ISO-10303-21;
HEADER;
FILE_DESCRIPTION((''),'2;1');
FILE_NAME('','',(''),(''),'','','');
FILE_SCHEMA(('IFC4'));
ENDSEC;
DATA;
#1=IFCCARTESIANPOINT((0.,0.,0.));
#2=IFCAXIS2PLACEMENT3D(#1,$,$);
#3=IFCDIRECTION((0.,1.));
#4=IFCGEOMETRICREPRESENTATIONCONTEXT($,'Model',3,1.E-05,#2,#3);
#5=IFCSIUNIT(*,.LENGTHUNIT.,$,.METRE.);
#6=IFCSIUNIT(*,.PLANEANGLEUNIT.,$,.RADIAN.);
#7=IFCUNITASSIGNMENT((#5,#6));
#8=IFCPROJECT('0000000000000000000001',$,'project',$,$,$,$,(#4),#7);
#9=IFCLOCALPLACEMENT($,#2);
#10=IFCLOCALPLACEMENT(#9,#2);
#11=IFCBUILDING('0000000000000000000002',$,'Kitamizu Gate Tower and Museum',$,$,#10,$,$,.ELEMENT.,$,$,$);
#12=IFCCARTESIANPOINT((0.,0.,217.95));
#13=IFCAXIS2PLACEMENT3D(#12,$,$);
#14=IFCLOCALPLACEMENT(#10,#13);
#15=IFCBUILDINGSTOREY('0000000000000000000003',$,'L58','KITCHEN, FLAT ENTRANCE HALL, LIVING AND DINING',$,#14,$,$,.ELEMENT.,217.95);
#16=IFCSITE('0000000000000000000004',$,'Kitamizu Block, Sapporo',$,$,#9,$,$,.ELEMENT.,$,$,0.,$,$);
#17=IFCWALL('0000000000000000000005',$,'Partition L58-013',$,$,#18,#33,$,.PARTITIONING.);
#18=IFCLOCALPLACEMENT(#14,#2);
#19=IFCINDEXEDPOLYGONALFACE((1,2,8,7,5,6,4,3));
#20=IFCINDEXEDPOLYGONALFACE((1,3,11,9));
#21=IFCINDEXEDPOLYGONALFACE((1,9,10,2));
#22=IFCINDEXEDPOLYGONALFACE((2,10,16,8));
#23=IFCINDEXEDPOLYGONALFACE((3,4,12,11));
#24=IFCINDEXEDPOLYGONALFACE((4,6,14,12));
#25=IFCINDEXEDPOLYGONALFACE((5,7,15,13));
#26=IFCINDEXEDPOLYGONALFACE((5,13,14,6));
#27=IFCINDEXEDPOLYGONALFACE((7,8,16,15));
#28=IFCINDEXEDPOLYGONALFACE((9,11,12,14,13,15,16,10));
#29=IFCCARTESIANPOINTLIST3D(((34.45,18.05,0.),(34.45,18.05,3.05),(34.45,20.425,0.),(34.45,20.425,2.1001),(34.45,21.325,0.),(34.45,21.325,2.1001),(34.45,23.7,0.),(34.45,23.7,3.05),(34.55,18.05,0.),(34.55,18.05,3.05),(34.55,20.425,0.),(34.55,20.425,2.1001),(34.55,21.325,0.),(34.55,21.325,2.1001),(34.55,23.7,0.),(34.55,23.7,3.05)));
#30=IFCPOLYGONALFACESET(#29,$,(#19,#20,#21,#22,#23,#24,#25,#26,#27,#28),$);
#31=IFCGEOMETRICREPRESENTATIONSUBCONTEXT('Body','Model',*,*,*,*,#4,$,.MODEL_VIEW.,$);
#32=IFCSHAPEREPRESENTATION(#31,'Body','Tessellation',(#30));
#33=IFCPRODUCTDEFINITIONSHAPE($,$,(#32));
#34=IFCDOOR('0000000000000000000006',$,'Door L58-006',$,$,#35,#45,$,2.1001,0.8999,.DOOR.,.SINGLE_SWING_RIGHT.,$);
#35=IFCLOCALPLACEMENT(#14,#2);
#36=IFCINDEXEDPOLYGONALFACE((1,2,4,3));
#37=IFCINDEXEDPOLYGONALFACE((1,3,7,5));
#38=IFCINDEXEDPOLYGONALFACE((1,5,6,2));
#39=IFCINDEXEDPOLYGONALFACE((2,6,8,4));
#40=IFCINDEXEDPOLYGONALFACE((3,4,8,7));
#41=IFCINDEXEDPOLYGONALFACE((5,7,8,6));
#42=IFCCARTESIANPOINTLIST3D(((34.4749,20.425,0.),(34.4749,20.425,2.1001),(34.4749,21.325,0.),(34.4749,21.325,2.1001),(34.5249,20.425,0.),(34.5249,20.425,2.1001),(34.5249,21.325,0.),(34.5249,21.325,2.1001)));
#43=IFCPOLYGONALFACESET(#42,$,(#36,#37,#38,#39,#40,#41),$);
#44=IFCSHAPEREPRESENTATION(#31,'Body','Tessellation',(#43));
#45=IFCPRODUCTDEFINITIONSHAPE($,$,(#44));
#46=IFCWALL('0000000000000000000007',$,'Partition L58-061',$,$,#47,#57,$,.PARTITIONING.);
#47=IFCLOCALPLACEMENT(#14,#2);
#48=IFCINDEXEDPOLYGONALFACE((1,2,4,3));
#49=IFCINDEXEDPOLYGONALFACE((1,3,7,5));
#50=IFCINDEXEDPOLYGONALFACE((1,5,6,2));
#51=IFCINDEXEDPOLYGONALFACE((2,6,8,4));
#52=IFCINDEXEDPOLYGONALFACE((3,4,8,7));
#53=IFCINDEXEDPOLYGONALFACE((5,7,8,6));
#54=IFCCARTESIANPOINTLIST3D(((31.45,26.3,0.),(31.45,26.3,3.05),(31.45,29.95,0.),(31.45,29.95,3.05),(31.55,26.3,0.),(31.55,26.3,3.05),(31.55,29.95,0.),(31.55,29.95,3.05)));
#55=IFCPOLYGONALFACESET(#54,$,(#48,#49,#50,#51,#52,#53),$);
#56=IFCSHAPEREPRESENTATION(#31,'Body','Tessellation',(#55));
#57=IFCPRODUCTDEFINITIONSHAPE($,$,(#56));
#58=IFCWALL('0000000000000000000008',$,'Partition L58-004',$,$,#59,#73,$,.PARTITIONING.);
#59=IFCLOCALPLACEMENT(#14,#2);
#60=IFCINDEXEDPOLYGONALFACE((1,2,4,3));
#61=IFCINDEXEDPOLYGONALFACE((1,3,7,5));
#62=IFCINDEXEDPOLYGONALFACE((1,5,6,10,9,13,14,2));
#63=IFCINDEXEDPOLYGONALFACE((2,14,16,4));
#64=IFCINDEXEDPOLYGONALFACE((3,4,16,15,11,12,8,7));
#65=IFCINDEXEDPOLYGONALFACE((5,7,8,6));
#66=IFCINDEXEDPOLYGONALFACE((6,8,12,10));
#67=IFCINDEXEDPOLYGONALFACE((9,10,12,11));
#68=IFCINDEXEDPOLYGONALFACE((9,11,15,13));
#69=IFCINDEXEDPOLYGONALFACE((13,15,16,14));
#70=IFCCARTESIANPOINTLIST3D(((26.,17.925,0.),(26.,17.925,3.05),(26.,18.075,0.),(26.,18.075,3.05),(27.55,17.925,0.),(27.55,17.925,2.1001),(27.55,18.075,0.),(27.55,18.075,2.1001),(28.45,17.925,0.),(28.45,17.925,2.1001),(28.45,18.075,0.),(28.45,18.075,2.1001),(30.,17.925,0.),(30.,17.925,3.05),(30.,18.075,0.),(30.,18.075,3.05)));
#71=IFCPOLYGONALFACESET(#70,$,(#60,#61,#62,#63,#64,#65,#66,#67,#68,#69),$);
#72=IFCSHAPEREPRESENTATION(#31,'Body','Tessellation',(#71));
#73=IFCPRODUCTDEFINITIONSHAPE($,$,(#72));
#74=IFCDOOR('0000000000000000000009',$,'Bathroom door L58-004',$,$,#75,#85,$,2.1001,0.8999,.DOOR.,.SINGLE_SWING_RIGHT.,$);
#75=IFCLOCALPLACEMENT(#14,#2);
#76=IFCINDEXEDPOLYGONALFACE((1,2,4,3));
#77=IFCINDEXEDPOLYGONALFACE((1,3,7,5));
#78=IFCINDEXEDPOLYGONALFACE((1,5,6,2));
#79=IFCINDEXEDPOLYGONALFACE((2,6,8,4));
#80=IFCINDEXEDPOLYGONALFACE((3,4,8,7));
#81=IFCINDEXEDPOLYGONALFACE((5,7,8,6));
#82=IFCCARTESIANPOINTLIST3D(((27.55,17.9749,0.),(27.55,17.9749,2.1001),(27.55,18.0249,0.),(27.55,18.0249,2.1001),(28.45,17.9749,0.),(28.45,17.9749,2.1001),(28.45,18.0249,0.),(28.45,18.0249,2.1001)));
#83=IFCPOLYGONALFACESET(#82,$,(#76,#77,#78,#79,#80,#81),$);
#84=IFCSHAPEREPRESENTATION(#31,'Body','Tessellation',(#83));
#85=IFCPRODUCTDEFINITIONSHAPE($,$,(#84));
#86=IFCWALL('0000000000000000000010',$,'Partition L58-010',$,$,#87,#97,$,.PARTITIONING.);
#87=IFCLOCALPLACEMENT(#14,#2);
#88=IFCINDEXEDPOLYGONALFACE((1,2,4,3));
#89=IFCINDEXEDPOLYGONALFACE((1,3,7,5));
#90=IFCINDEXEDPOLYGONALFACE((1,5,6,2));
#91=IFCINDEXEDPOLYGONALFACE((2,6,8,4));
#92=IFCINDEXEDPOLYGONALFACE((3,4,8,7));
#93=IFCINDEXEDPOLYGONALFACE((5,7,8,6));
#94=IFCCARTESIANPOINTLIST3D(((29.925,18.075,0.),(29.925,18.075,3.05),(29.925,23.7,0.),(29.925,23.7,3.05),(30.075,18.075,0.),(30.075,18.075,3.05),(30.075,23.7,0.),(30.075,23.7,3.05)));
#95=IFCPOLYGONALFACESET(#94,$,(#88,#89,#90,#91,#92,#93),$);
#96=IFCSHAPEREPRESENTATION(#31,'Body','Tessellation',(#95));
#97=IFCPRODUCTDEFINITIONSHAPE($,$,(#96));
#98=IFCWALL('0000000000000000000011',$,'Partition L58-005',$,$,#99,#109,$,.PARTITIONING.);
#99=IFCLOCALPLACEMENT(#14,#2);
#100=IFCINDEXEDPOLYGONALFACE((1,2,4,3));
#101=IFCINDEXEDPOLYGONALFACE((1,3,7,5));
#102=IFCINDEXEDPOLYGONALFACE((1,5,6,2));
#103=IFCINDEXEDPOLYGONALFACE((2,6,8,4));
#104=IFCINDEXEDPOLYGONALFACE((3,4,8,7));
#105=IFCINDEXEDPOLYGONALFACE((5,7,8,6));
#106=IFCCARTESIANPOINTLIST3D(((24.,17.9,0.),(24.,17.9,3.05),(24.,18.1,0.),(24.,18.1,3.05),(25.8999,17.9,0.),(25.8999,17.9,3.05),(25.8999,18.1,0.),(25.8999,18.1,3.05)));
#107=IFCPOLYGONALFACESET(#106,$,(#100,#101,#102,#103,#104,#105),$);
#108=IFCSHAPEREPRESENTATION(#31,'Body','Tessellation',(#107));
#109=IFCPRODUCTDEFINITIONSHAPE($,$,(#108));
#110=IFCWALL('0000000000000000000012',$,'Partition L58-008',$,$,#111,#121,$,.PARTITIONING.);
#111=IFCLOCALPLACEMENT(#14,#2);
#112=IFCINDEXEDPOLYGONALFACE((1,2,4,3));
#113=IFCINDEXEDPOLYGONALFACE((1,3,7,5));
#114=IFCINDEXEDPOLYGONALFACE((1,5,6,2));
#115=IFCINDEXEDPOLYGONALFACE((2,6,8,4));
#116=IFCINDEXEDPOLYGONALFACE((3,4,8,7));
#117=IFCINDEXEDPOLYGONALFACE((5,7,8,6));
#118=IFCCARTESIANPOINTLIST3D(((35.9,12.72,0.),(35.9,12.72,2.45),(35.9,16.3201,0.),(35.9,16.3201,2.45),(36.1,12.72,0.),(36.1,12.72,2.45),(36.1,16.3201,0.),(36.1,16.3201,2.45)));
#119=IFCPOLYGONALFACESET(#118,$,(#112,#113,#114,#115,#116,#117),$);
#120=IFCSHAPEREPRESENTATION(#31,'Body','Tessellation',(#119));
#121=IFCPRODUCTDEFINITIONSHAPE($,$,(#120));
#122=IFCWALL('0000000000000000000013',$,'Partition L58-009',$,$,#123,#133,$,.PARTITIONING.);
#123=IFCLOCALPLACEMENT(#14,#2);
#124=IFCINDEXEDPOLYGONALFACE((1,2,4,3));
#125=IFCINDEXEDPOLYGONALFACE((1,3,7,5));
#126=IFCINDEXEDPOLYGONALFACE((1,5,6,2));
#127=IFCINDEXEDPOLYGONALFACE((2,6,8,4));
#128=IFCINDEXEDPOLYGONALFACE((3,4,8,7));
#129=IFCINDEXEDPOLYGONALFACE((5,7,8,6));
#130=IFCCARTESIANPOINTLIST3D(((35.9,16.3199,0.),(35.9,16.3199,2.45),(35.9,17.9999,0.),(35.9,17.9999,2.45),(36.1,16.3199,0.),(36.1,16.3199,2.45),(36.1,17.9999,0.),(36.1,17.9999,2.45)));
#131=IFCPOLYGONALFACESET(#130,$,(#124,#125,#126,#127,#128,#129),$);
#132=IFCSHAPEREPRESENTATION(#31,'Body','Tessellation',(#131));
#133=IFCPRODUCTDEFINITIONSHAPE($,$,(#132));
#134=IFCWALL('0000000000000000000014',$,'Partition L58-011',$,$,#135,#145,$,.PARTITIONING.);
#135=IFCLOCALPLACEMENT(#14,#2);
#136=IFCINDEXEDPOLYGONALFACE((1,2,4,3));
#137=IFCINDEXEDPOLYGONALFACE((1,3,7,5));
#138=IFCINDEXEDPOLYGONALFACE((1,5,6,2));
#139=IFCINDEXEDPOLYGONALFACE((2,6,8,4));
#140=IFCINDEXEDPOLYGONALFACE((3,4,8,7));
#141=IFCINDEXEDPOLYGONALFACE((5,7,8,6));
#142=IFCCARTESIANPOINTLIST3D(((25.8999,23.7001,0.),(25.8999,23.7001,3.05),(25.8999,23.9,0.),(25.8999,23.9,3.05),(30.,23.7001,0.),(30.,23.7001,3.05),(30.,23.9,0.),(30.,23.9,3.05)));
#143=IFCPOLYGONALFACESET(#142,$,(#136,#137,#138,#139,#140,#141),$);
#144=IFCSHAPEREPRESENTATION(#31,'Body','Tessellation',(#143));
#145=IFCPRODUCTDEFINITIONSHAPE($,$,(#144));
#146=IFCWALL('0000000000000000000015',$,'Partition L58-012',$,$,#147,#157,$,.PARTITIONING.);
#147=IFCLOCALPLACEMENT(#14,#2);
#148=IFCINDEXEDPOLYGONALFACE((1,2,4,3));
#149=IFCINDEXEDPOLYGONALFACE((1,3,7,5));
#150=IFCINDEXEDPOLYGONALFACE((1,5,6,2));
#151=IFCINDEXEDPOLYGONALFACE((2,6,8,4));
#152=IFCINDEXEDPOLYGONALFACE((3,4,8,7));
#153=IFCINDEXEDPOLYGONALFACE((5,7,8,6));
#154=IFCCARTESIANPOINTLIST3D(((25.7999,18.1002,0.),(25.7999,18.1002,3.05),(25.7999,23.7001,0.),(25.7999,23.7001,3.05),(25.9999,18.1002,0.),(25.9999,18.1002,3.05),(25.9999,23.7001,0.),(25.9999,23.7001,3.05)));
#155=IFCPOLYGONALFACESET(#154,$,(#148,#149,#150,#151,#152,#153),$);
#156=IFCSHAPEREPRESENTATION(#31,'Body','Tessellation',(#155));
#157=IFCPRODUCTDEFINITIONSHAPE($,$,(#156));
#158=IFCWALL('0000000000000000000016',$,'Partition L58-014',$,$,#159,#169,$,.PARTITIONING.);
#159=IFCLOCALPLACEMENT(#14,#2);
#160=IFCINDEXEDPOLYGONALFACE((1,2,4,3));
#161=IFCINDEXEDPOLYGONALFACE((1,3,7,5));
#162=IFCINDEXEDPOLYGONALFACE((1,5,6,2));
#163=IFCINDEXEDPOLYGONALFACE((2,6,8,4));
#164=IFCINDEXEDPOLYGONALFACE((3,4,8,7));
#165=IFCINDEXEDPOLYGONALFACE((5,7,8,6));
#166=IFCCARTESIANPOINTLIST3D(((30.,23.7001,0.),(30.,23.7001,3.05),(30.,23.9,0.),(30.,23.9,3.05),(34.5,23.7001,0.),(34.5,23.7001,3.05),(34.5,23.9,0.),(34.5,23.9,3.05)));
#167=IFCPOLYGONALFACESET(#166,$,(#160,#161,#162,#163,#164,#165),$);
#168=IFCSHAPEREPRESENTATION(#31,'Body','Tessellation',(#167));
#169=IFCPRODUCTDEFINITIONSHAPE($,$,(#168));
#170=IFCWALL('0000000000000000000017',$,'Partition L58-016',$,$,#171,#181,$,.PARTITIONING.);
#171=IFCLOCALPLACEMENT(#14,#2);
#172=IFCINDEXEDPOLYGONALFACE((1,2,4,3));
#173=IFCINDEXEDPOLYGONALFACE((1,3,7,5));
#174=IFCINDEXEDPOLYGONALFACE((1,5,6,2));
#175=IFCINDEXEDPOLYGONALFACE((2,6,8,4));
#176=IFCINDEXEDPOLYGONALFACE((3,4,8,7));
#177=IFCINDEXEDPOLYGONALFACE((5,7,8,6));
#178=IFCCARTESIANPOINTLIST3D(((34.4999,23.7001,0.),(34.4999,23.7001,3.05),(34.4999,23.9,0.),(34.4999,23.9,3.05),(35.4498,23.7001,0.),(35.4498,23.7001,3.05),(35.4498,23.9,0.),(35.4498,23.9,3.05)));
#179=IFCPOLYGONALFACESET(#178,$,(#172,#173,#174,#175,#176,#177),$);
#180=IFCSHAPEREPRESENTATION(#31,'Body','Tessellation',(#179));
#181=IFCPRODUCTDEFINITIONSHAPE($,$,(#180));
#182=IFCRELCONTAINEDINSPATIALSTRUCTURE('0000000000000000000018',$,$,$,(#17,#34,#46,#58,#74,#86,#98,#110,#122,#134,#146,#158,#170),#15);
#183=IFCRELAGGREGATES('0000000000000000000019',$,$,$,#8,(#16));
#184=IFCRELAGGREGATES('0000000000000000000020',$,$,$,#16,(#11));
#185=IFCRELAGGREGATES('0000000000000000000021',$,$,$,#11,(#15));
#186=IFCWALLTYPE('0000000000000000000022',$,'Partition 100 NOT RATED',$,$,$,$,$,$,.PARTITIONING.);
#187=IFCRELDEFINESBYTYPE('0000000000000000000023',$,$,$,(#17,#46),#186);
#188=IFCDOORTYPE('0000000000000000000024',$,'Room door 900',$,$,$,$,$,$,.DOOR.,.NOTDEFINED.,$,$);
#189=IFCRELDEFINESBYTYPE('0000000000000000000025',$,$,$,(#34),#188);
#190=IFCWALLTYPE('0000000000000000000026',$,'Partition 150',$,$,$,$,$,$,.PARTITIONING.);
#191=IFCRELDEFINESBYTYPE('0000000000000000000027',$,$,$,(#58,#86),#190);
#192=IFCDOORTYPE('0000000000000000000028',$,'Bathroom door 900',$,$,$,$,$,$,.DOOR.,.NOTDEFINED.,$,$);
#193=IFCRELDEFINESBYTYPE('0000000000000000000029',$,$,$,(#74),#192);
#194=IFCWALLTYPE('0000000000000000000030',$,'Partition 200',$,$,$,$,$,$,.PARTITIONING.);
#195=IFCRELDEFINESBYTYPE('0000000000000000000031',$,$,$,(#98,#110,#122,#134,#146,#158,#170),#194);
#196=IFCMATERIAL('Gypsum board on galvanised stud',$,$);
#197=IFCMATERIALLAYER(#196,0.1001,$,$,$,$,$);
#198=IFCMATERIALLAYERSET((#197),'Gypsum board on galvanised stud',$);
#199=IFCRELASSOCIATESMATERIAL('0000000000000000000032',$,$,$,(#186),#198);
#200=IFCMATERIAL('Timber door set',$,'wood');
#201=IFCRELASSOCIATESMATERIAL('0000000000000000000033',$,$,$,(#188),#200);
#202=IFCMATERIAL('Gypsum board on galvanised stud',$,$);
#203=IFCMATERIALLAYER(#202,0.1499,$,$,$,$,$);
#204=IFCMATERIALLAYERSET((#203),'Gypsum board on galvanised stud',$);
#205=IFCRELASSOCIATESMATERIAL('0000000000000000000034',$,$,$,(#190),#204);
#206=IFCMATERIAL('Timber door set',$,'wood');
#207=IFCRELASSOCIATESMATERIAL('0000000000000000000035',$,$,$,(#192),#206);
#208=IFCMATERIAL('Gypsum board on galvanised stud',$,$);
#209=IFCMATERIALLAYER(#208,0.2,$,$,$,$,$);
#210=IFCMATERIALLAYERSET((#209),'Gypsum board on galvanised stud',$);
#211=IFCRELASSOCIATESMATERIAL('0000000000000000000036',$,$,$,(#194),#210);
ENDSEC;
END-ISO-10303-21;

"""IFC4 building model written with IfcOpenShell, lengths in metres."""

from ifc_helpers import new_model, si_unit, direction, frame, frame_2d, origin, place, context, subcontext, project, spatial, rectangle, extrude, material, layer, layer_set, type_object, element, fill, save


model = new_model("IFC4")

# Units and contexts
model_context = context("Model", 3, precision=1e-05, world=origin(), true_north=direction((0.0, 1.0)))
body_context = subcontext(model_context, "Body", "Model", "MODEL_VIEW")
ifc_project = project(units=[si_unit("LENGTHUNIT", "METRE"), si_unit("PLANEANGLEUNIT", "RADIAN")], contexts=[model_context])

# Site, building, storey
site_placement = place(None, origin())
site = spatial("IfcSite", under=ifc_project, at=site_placement, Name="Kitamizu Block, Sapporo", CompositionType="ELEMENT", RefElevation=0.0)
building_placement = place(site_placement, origin())
building = spatial("IfcBuilding", under=site, at=building_placement, Name="Kitamizu Gate Tower and Museum", CompositionType="ELEMENT")
storey_placement = place(building_placement, frame((0.0, 0.0, 217.95)))
storey = spatial("IfcBuildingStorey", under=building, at=storey_placement, Name="L58", Description="KITCHEN, FLAT ENTRANCE HALL, LIVING AND DINING", CompositionType="ELEMENT", Elevation=217.95)

# Shared definitions
ifc_material_1 = material(Name="Gypsum board on galvanised stud")
ifc_layer_1 = layer(ifc_material_1, 0.1001)
ifc_layer_set_1 = layer_set([ifc_layer_1], Name="Gypsum board on galvanised stud")
wall_type_1 = type_object("IfcWallType", Name="Partition 100 NOT RATED", PredefinedType="PARTITIONING", material=ifc_layer_set_1)
ifc_material_2 = material(Name="Timber door set", Category="wood")
door_type_1 = type_object("IfcDoorType", Name="Room door 900", OperationType="NOTDEFINED", PredefinedType="DOOR", material=ifc_material_2)

# Wall, opening, door
wall_1_placement = place(storey_placement, frame((34.5, 18.05, 0.0), z_axis=(0.0, 0.0, 1.0), x_axis=(0.0, 1.0, 0.0)))
wall_1 = element("IfcWall", 1, at=wall_1_placement, inside=storey, type_object=wall_type_1, Name="Partition L58-013", PredefinedType="PARTITIONING", context=body_context, shape_type="SweptSolid", body=[
    extrude(rectangle(XDim=5.6499, YDim=0.1001, at=frame_2d((2.825, 0.0))), origin(), (0.0, 0.0, 1.0), 3.05),
])
opening_1_placement = place(wall_1_placement, frame((2.375, 0.0, 0.0)))
opening_1 = element("IfcOpeningElement", 2, at=opening_1_placement, cuts=wall_1, PredefinedType="OPENING", context=body_context, shape_type="SweptSolid", body=[
    extrude(rectangle(XDim=0.8999, YDim=2.1001, at=frame_2d((0.45, 1.05))), frame((0.0, 0.0601, 0.0), z_axis=(0.0, -1.0, 0.0), x_axis=(1.0, 0.0, 0.0)), (0.0, 0.0, 1.0), 0.1201),
])
door_1_placement = place(opening_1_placement, frame((0.8999, 0.0, 0.0), x_axis=(-1.0, 0.0, 0.0)))
door_1 = element("IfcDoor", 3, at=door_1_placement, inside=storey, type_object=door_type_1, Name="Door L58-006", OperationType="SINGLE_SWING_RIGHT", OverallHeight=2.1001, OverallWidth=0.8999, PredefinedType="DOOR", context=body_context, shape_type="SweptSolid", body=[
    extrude(rectangle(XDim=0.8999, YDim=2.1001, at=frame_2d((0.45, 1.05))), frame((0.0, 0.0249, 0.0), z_axis=(0.0, -1.0, 0.0), x_axis=(1.0, 0.0, 0.0)), (0.0, 0.0, 1.0), 0.05),
])
fill(opening_1, door_1)

# Wall
wall_2_placement = place(storey_placement, frame((31.5, 26.3, 0.0), z_axis=(0.0, 0.0, 1.0), x_axis=(0.0, 1.0, 0.0)))
element("IfcWall", 4, at=wall_2_placement, inside=storey, type_object=wall_type_1, Name="Partition L58-061", PredefinedType="PARTITIONING", context=body_context, shape_type="SweptSolid", body=[
    extrude(rectangle(XDim=3.6499, YDim=0.1001, at=frame_2d((1.825, 0.0))), origin(), (0.0, 0.0, 1.0), 3.05),
])

# Wall, opening, door
ifc_material_3 = material(Name="Gypsum board on galvanised stud")
ifc_layer_2 = layer(ifc_material_3, 0.1499)
ifc_layer_set_2 = layer_set([ifc_layer_2], Name="Gypsum board on galvanised stud")
wall_type_2 = type_object("IfcWallType", Name="Partition 150", PredefinedType="PARTITIONING", material=ifc_layer_set_2)
wall_3_placement = place(storey_placement, frame((30.0, 18.0, 0.0), z_axis=(0.0, 0.0, 1.0), x_axis=(-1.0, 0.0, 0.0)))
wall_3 = element("IfcWall", 5, at=wall_3_placement, inside=storey, type_object=wall_type_2, Name="Partition L58-004", PredefinedType="PARTITIONING", context=body_context, shape_type="SweptSolid", body=[
    extrude(rectangle(XDim=4.0, YDim=0.1499, at=frame_2d((2.0, 0.0))), origin(), (0.0, 0.0, 1.0), 3.05),
])
opening_2_placement = place(wall_3_placement, frame((1.55, 0.0, 0.0)))
opening_2 = element("IfcOpeningElement", 6, at=opening_2_placement, cuts=wall_3, PredefinedType="OPENING", context=body_context, shape_type="SweptSolid", body=[
    extrude(rectangle(XDim=0.8999, YDim=2.1001, at=frame_2d((0.45, 1.05))), frame((0.0, 0.085, 0.0), z_axis=(0.0, -1.0, 0.0), x_axis=(1.0, 0.0, 0.0)), (0.0, 0.0, 1.0), 0.1699),
])
ifc_material_4 = material(Name="Timber door set", Category="wood")
door_type_2 = type_object("IfcDoorType", Name="Bathroom door 900", OperationType="NOTDEFINED", PredefinedType="DOOR", material=ifc_material_4)
door_2_placement = place(opening_2_placement, frame((0.8999, 0.0, 0.0), x_axis=(-1.0, 0.0, 0.0)))
door_2 = element("IfcDoor", 7, at=door_2_placement, inside=storey, type_object=door_type_2, Name="Bathroom door L58-004", OperationType="SINGLE_SWING_RIGHT", OverallHeight=2.1001, OverallWidth=0.8999, PredefinedType="DOOR", context=body_context, shape_type="SweptSolid", body=[
    extrude(rectangle(XDim=0.8999, YDim=2.1001, at=frame_2d((0.45, 1.05))), frame((0.0, 0.0249, 0.0), z_axis=(0.0, -1.0, 0.0), x_axis=(1.0, 0.0, 0.0)), (0.0, 0.0, 1.0), 0.05),
])
fill(opening_2, door_2)

# Walls
wall_4_placement = place(storey_placement, frame((30.0, 18.075, 0.0), z_axis=(0.0, 0.0, 1.0), x_axis=(0.0, 1.0, 0.0)))
element("IfcWall", 8, at=wall_4_placement, inside=storey, type_object=wall_type_2, Name="Partition L58-010", PredefinedType="PARTITIONING", context=body_context, shape_type="SweptSolid", body=[
    extrude(rectangle(XDim=5.625, YDim=0.1499, at=frame_2d((2.8125, 0.0))), origin(), (0.0, 0.0, 1.0), 3.05),
])
ifc_material_5 = material(Name="Gypsum board on galvanised stud")
ifc_layer_3 = layer(ifc_material_5, 0.2)
ifc_layer_set_3 = layer_set([ifc_layer_3], Name="Gypsum board on galvanised stud")
wall_type_3 = type_object("IfcWallType", Name="Partition 200", PredefinedType="PARTITIONING", material=ifc_layer_set_3)
wall_5_placement = place(storey_placement, frame((25.8999, 18.0, 0.0), z_axis=(0.0, 0.0, 1.0), x_axis=(-1.0, 0.0, 0.0)))
element("IfcWall", 9, at=wall_5_placement, inside=storey, type_object=wall_type_3, Name="Partition L58-005", PredefinedType="PARTITIONING", context=body_context, shape_type="SweptSolid", body=[
    extrude(rectangle(XDim=1.8999, YDim=0.2, at=frame_2d((0.95, 0.0))), origin(), (0.0, 0.0, 1.0), 3.05),
])
wall_6_placement = place(storey_placement, frame((36.0, 12.72, 0.0), z_axis=(0.0, 0.0, 1.0), x_axis=(0.0, 1.0, 0.0)))
element("IfcWall", 10, at=wall_6_placement, inside=storey, type_object=wall_type_3, Name="Partition L58-008", PredefinedType="PARTITIONING", context=body_context, shape_type="SweptSolid", body=[
    extrude(rectangle(XDim=3.6001, YDim=0.2, at=frame_2d((1.8, 0.0))), origin(), (0.0, 0.0, 1.0), 2.45),
])
wall_7_placement = place(storey_placement, frame((36.0, 16.3201, 0.0), z_axis=(0.0, 0.0, 1.0), x_axis=(0.0, 1.0, 0.0)))
element("IfcWall", 11, at=wall_7_placement, inside=storey, type_object=wall_type_3, Name="Partition L58-009", PredefinedType="PARTITIONING", context=body_context, shape_type="SweptSolid", body=[
    extrude(rectangle(XDim=1.6799, YDim=0.2, at=frame_2d((0.8398, 0.0))), origin(), (0.0, 0.0, 1.0), 2.45),
])
wall_8_placement = place(storey_placement, frame((30.0, 23.8, 0.0), z_axis=(0.0, 0.0, 1.0), x_axis=(-1.0, 0.0, 0.0)))
element("IfcWall", 12, at=wall_8_placement, inside=storey, type_object=wall_type_3, Name="Partition L58-011", PredefinedType="PARTITIONING", context=body_context, shape_type="SweptSolid", body=[
    extrude(rectangle(XDim=4.1001, YDim=0.2, at=frame_2d((2.05, 0.0))), origin(), (0.0, 0.0, 1.0), 3.05),
])
wall_9_placement = place(storey_placement, frame((25.8999, 23.7, 0.0), z_axis=(0.0, 0.0, 1.0), x_axis=(0.0, -1.0, 0.0)))
element("IfcWall", 13, at=wall_9_placement, inside=storey, type_object=wall_type_3, Name="Partition L58-012", PredefinedType="PARTITIONING", context=body_context, shape_type="SweptSolid", body=[
    extrude(rectangle(XDim=5.5999, YDim=0.2, at=frame_2d((2.7998, 0.0))), origin(), (0.0, 0.0, 1.0), 3.05),
])
wall_10_placement = place(storey_placement, frame((34.5, 23.8, 0.0), z_axis=(0.0, 0.0, 1.0), x_axis=(-1.0, 0.0, 0.0)))
element("IfcWall", 14, at=wall_10_placement, inside=storey, type_object=wall_type_3, Name="Partition L58-014", PredefinedType="PARTITIONING", context=body_context, shape_type="SweptSolid", body=[
    extrude(rectangle(XDim=4.5, YDim=0.2, at=frame_2d((2.25, 0.0))), origin(), (0.0, 0.0, 1.0), 3.05),
])
wall_11_placement = place(storey_placement, frame((35.45, 23.8, 0.0), z_axis=(0.0, 0.0, 1.0), x_axis=(-1.0, 0.0, 0.0)))
element("IfcWall", 15, at=wall_11_placement, inside=storey, type_object=wall_type_3, Name="Partition L58-016", PredefinedType="PARTITIONING", context=body_context, shape_type="SweptSolid", body=[
    extrude(rectangle(XDim=0.95, YDim=0.2, at=frame_2d((0.4751, 0.0))), origin(), (0.0, 0.0, 1.0), 3.05),
])

save(model, "model.ifc")
